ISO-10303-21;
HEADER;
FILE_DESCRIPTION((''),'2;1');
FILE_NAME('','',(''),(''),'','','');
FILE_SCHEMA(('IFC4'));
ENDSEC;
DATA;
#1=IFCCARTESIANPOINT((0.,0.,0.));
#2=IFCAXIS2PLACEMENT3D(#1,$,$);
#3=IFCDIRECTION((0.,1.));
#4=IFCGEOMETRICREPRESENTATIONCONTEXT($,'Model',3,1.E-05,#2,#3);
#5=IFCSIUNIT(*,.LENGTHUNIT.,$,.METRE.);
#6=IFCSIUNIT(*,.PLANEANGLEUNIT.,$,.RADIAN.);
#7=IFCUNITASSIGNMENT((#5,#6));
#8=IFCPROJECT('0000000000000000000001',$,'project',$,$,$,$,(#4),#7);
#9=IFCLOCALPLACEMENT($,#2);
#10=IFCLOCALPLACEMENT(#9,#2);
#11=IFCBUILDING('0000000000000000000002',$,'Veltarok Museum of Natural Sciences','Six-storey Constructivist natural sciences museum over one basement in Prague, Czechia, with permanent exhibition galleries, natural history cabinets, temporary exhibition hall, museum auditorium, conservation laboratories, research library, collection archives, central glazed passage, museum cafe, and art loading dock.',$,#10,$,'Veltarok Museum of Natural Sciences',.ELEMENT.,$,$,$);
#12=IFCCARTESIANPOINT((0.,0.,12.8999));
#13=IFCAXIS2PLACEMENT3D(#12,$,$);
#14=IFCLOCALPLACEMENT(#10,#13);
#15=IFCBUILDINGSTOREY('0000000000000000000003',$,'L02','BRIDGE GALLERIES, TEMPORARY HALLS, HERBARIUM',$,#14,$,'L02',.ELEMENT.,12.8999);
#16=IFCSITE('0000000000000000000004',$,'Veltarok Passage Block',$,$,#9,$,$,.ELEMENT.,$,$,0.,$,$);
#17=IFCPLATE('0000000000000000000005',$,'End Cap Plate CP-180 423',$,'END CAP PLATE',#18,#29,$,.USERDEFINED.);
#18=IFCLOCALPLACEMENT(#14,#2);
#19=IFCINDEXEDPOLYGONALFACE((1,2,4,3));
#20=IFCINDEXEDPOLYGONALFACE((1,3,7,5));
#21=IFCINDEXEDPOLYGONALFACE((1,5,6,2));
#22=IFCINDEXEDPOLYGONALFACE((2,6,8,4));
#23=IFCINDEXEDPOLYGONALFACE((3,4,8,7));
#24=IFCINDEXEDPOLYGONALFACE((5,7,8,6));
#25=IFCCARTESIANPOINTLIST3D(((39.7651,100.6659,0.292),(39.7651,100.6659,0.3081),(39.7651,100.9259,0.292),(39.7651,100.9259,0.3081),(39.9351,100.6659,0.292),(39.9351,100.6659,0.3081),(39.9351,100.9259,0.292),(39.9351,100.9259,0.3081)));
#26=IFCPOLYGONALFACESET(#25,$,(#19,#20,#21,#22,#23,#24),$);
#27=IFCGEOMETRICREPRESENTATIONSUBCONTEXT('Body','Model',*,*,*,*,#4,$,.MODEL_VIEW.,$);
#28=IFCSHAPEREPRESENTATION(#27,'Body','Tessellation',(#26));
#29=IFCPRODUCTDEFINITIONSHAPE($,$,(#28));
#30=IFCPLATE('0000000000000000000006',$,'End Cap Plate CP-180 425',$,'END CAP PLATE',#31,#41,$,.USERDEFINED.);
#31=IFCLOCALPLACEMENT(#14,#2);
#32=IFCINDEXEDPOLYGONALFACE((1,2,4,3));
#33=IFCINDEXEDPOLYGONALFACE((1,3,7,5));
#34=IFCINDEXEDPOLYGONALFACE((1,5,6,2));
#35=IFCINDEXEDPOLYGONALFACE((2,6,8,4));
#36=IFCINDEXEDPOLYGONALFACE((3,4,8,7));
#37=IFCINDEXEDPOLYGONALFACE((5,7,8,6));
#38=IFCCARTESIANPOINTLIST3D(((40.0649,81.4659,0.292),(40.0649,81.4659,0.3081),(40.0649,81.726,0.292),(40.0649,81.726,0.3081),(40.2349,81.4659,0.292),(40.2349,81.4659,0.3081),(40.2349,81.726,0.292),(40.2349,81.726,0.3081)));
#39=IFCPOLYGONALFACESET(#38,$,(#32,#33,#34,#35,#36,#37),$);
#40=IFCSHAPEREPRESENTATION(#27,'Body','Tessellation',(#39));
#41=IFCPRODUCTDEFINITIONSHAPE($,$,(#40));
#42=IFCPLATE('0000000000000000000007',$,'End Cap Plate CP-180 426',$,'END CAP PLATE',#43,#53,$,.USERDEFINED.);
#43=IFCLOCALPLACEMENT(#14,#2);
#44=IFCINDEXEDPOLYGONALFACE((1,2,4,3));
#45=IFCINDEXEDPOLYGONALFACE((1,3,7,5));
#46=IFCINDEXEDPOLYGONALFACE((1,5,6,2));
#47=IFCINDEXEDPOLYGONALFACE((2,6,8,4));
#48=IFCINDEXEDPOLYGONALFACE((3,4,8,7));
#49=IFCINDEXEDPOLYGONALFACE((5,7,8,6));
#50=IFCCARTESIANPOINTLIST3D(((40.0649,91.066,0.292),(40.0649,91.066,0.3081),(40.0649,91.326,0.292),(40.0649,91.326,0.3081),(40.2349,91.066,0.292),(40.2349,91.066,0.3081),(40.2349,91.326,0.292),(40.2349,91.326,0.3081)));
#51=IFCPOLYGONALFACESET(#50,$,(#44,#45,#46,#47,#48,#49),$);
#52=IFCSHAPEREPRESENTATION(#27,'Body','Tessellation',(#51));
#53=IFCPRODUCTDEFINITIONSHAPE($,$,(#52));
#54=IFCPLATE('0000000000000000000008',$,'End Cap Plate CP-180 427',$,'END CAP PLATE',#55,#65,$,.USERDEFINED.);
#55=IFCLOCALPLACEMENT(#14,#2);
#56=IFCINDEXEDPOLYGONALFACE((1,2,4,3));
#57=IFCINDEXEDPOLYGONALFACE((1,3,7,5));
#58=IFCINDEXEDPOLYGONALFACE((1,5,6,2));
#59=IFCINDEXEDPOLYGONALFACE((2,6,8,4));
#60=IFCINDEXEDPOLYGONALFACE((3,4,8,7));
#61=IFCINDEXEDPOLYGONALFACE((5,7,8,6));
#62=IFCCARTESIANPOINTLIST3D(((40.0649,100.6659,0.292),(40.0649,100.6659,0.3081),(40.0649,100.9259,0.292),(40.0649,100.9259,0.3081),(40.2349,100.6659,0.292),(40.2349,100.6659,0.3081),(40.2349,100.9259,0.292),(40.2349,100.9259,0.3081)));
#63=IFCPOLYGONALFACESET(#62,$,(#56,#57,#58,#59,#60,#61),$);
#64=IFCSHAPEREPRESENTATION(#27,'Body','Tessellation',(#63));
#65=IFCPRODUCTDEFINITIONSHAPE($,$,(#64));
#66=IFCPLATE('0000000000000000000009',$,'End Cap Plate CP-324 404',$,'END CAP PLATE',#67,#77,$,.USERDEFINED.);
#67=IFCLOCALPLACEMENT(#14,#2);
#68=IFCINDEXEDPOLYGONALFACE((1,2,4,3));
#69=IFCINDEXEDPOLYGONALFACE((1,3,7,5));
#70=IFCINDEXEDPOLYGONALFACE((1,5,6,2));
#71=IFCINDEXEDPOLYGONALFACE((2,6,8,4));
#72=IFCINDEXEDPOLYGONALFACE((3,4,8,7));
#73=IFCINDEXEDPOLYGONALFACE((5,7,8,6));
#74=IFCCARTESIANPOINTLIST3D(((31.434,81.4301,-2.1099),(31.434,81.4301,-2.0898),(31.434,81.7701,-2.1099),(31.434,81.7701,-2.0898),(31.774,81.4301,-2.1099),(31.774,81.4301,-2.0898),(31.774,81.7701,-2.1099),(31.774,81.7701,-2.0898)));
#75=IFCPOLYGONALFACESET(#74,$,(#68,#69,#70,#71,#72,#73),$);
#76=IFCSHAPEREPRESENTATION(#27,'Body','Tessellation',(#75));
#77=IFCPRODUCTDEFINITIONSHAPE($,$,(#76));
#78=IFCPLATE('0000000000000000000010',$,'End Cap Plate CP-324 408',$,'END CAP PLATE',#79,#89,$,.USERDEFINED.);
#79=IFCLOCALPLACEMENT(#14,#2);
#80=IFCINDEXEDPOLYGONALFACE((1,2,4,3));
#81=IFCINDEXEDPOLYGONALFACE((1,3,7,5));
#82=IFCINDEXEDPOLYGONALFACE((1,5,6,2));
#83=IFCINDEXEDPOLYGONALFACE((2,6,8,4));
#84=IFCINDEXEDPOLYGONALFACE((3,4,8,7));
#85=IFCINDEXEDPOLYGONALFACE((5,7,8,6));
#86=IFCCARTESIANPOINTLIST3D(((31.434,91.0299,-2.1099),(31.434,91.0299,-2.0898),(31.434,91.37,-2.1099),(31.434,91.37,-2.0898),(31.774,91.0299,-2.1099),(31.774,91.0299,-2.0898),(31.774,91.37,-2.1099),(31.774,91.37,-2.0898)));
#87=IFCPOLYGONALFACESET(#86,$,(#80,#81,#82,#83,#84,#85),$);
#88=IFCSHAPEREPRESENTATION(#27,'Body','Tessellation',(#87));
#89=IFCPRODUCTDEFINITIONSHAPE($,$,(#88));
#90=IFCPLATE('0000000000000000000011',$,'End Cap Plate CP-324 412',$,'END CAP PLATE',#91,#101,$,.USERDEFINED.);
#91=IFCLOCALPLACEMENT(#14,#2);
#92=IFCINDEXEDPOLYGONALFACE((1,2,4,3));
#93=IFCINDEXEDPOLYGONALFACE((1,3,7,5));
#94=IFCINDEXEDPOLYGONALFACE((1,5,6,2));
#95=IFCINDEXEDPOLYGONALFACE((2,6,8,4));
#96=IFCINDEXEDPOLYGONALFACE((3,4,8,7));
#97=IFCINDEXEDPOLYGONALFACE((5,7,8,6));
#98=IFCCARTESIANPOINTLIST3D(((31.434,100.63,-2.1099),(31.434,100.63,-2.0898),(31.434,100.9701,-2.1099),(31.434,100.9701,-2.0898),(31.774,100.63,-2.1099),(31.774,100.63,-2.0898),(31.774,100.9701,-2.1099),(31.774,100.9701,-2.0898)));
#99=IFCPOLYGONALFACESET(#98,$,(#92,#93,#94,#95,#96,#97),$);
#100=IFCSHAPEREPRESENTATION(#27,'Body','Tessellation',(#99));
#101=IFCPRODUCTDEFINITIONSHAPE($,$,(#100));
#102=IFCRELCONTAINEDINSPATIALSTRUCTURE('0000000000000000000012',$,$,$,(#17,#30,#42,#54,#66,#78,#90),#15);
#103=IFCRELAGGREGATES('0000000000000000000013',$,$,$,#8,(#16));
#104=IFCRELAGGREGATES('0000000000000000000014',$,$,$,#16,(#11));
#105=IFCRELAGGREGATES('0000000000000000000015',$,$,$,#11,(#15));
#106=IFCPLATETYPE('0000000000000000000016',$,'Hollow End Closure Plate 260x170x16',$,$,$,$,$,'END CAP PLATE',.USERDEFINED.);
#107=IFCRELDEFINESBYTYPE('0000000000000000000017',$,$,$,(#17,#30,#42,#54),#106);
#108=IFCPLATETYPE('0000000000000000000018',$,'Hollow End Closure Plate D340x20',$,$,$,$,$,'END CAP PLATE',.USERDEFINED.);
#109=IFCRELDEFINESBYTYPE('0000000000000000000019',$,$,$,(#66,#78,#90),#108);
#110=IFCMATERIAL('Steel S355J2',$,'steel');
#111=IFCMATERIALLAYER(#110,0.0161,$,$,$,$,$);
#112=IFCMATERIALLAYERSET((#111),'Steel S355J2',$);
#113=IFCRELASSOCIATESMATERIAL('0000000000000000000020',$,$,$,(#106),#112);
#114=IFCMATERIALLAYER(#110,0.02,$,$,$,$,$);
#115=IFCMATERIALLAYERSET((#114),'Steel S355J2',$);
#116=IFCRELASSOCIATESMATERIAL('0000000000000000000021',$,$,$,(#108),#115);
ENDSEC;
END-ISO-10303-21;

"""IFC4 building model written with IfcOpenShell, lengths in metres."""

from ifc_helpers import new_model, si_unit, direction, frame, origin, origin_2d, place, context, subcontext, project, spatial, rectangle, extrude, material, layer, layer_set, type_object, element, save


model = new_model("IFC4")

# Units and contexts
model_context = context("Model", 3, precision=1e-05, world=origin(), true_north=direction((0.0, 1.0)))
body_context = subcontext(model_context, "Body", "Model", "MODEL_VIEW")
ifc_project = project(units=[si_unit("LENGTHUNIT", "METRE"), si_unit("PLANEANGLEUNIT", "RADIAN")], contexts=[model_context])

# Site, building, storey
site_placement = place(None, origin())
site = spatial("IfcSite", under=ifc_project, at=site_placement, Name="Veltarok Passage Block", CompositionType="ELEMENT", RefElevation=0.0)
building_placement = place(site_placement, origin())
building = spatial("IfcBuilding", under=site, at=building_placement, Name="Veltarok Museum of Natural Sciences", Description="Six-storey Constructivist natural sciences museum over one basement in Prague, Czechia, with permanent exhibition galleries, natural history cabinets, temporary exhibition hall, museum auditorium, conservation laboratories, research library, collection archives, central glazed passage, museum cafe, and art loading dock.", LongName="Veltarok Museum of Natural Sciences", CompositionType="ELEMENT")
storey_placement = place(building_placement, frame((0.0, 0.0, 12.8999)))
storey = spatial("IfcBuildingStorey", under=building, at=storey_placement, Name="L02", Description="BRIDGE GALLERIES, TEMPORARY HALLS, HERBARIUM", LongName="L02", CompositionType="ELEMENT", Elevation=12.8999)

# Shared definitions
ifc_material_1 = material(Name="Steel S355J2", Category="steel")

# Plates
ifc_layer_1 = layer(ifc_material_1, 0.0161)
ifc_layer_set_1 = layer_set([ifc_layer_1], Name="Steel S355J2")
plate_type_1 = type_object("IfcPlateType", Name="Hollow End Closure Plate 260x170x16", ElementType="END CAP PLATE", PredefinedType="USERDEFINED", material=ifc_layer_set_1)
for number, where, z_axis, x_axis, name in (
    (1, (39.8501, 100.7959, 0.292), (0.0, 0.0, 1.0), (0.0, 1.0, 0.0), "End Cap Plate CP-180 423"),
    (2, (40.1499, 81.5959, 0.292), (0.0, 0.0, 1.0), (0.0, 1.0, 0.0), "End Cap Plate CP-180 425"),
    (3, (40.1499, 91.196, 0.292), (0.0, 0.0, 1.0), (0.0, 1.0, 0.0), "End Cap Plate CP-180 426"),
    (4, (40.1499, 100.7959, 0.292), (0.0, 0.0, 1.0), (0.0, 1.0, 0.0), "End Cap Plate CP-180 427"),
):
    element("IfcPlate", number, at=place(storey_placement, frame(where, z_axis=z_axis, x_axis=x_axis)), inside=storey, type_object=plate_type_1, Name=name, ObjectType="END CAP PLATE", PredefinedType="USERDEFINED", context=body_context, shape_type="SweptSolid", body=[
        extrude(rectangle(XDim=0.26, YDim=0.1699, at=origin_2d()), origin(), (0.0, 0.0, 1.0), 0.0161),
    ])
ifc_layer_2 = layer(ifc_material_1, 0.02)
ifc_layer_set_2 = layer_set([ifc_layer_2], Name="Steel S355J2")
plate_type_2 = type_object("IfcPlateType", Name="Hollow End Closure Plate D340x20", ElementType="END CAP PLATE", PredefinedType="USERDEFINED", material=ifc_layer_set_2)
for number, where, z_axis, x_axis, name in (
    (5, (31.604, 81.6001, -2.1099), (0.0, 0.0, 1.0), (1.0, 0.0, 0.0), "End Cap Plate CP-324 404"),
    (6, (31.604, 91.2, -2.1099), (0.0, 0.0, 1.0), (1.0, 0.0, 0.0), "End Cap Plate CP-324 408"),
    (7, (31.604, 100.8, -2.1099), (0.0, 0.0, 1.0), (1.0, 0.0, 0.0), "End Cap Plate CP-324 412"),
):
    element("IfcPlate", number, at=place(storey_placement, frame(where, z_axis=z_axis, x_axis=x_axis)), inside=storey, type_object=plate_type_2, Name=name, ObjectType="END CAP PLATE", PredefinedType="USERDEFINED", context=body_context, shape_type="SweptSolid", body=[
        extrude(rectangle(XDim=0.3401, YDim=0.3401, at=origin_2d()), origin(), (0.0, 0.0, 1.0), 0.02),
    ])

save(model, "model.ifc")
